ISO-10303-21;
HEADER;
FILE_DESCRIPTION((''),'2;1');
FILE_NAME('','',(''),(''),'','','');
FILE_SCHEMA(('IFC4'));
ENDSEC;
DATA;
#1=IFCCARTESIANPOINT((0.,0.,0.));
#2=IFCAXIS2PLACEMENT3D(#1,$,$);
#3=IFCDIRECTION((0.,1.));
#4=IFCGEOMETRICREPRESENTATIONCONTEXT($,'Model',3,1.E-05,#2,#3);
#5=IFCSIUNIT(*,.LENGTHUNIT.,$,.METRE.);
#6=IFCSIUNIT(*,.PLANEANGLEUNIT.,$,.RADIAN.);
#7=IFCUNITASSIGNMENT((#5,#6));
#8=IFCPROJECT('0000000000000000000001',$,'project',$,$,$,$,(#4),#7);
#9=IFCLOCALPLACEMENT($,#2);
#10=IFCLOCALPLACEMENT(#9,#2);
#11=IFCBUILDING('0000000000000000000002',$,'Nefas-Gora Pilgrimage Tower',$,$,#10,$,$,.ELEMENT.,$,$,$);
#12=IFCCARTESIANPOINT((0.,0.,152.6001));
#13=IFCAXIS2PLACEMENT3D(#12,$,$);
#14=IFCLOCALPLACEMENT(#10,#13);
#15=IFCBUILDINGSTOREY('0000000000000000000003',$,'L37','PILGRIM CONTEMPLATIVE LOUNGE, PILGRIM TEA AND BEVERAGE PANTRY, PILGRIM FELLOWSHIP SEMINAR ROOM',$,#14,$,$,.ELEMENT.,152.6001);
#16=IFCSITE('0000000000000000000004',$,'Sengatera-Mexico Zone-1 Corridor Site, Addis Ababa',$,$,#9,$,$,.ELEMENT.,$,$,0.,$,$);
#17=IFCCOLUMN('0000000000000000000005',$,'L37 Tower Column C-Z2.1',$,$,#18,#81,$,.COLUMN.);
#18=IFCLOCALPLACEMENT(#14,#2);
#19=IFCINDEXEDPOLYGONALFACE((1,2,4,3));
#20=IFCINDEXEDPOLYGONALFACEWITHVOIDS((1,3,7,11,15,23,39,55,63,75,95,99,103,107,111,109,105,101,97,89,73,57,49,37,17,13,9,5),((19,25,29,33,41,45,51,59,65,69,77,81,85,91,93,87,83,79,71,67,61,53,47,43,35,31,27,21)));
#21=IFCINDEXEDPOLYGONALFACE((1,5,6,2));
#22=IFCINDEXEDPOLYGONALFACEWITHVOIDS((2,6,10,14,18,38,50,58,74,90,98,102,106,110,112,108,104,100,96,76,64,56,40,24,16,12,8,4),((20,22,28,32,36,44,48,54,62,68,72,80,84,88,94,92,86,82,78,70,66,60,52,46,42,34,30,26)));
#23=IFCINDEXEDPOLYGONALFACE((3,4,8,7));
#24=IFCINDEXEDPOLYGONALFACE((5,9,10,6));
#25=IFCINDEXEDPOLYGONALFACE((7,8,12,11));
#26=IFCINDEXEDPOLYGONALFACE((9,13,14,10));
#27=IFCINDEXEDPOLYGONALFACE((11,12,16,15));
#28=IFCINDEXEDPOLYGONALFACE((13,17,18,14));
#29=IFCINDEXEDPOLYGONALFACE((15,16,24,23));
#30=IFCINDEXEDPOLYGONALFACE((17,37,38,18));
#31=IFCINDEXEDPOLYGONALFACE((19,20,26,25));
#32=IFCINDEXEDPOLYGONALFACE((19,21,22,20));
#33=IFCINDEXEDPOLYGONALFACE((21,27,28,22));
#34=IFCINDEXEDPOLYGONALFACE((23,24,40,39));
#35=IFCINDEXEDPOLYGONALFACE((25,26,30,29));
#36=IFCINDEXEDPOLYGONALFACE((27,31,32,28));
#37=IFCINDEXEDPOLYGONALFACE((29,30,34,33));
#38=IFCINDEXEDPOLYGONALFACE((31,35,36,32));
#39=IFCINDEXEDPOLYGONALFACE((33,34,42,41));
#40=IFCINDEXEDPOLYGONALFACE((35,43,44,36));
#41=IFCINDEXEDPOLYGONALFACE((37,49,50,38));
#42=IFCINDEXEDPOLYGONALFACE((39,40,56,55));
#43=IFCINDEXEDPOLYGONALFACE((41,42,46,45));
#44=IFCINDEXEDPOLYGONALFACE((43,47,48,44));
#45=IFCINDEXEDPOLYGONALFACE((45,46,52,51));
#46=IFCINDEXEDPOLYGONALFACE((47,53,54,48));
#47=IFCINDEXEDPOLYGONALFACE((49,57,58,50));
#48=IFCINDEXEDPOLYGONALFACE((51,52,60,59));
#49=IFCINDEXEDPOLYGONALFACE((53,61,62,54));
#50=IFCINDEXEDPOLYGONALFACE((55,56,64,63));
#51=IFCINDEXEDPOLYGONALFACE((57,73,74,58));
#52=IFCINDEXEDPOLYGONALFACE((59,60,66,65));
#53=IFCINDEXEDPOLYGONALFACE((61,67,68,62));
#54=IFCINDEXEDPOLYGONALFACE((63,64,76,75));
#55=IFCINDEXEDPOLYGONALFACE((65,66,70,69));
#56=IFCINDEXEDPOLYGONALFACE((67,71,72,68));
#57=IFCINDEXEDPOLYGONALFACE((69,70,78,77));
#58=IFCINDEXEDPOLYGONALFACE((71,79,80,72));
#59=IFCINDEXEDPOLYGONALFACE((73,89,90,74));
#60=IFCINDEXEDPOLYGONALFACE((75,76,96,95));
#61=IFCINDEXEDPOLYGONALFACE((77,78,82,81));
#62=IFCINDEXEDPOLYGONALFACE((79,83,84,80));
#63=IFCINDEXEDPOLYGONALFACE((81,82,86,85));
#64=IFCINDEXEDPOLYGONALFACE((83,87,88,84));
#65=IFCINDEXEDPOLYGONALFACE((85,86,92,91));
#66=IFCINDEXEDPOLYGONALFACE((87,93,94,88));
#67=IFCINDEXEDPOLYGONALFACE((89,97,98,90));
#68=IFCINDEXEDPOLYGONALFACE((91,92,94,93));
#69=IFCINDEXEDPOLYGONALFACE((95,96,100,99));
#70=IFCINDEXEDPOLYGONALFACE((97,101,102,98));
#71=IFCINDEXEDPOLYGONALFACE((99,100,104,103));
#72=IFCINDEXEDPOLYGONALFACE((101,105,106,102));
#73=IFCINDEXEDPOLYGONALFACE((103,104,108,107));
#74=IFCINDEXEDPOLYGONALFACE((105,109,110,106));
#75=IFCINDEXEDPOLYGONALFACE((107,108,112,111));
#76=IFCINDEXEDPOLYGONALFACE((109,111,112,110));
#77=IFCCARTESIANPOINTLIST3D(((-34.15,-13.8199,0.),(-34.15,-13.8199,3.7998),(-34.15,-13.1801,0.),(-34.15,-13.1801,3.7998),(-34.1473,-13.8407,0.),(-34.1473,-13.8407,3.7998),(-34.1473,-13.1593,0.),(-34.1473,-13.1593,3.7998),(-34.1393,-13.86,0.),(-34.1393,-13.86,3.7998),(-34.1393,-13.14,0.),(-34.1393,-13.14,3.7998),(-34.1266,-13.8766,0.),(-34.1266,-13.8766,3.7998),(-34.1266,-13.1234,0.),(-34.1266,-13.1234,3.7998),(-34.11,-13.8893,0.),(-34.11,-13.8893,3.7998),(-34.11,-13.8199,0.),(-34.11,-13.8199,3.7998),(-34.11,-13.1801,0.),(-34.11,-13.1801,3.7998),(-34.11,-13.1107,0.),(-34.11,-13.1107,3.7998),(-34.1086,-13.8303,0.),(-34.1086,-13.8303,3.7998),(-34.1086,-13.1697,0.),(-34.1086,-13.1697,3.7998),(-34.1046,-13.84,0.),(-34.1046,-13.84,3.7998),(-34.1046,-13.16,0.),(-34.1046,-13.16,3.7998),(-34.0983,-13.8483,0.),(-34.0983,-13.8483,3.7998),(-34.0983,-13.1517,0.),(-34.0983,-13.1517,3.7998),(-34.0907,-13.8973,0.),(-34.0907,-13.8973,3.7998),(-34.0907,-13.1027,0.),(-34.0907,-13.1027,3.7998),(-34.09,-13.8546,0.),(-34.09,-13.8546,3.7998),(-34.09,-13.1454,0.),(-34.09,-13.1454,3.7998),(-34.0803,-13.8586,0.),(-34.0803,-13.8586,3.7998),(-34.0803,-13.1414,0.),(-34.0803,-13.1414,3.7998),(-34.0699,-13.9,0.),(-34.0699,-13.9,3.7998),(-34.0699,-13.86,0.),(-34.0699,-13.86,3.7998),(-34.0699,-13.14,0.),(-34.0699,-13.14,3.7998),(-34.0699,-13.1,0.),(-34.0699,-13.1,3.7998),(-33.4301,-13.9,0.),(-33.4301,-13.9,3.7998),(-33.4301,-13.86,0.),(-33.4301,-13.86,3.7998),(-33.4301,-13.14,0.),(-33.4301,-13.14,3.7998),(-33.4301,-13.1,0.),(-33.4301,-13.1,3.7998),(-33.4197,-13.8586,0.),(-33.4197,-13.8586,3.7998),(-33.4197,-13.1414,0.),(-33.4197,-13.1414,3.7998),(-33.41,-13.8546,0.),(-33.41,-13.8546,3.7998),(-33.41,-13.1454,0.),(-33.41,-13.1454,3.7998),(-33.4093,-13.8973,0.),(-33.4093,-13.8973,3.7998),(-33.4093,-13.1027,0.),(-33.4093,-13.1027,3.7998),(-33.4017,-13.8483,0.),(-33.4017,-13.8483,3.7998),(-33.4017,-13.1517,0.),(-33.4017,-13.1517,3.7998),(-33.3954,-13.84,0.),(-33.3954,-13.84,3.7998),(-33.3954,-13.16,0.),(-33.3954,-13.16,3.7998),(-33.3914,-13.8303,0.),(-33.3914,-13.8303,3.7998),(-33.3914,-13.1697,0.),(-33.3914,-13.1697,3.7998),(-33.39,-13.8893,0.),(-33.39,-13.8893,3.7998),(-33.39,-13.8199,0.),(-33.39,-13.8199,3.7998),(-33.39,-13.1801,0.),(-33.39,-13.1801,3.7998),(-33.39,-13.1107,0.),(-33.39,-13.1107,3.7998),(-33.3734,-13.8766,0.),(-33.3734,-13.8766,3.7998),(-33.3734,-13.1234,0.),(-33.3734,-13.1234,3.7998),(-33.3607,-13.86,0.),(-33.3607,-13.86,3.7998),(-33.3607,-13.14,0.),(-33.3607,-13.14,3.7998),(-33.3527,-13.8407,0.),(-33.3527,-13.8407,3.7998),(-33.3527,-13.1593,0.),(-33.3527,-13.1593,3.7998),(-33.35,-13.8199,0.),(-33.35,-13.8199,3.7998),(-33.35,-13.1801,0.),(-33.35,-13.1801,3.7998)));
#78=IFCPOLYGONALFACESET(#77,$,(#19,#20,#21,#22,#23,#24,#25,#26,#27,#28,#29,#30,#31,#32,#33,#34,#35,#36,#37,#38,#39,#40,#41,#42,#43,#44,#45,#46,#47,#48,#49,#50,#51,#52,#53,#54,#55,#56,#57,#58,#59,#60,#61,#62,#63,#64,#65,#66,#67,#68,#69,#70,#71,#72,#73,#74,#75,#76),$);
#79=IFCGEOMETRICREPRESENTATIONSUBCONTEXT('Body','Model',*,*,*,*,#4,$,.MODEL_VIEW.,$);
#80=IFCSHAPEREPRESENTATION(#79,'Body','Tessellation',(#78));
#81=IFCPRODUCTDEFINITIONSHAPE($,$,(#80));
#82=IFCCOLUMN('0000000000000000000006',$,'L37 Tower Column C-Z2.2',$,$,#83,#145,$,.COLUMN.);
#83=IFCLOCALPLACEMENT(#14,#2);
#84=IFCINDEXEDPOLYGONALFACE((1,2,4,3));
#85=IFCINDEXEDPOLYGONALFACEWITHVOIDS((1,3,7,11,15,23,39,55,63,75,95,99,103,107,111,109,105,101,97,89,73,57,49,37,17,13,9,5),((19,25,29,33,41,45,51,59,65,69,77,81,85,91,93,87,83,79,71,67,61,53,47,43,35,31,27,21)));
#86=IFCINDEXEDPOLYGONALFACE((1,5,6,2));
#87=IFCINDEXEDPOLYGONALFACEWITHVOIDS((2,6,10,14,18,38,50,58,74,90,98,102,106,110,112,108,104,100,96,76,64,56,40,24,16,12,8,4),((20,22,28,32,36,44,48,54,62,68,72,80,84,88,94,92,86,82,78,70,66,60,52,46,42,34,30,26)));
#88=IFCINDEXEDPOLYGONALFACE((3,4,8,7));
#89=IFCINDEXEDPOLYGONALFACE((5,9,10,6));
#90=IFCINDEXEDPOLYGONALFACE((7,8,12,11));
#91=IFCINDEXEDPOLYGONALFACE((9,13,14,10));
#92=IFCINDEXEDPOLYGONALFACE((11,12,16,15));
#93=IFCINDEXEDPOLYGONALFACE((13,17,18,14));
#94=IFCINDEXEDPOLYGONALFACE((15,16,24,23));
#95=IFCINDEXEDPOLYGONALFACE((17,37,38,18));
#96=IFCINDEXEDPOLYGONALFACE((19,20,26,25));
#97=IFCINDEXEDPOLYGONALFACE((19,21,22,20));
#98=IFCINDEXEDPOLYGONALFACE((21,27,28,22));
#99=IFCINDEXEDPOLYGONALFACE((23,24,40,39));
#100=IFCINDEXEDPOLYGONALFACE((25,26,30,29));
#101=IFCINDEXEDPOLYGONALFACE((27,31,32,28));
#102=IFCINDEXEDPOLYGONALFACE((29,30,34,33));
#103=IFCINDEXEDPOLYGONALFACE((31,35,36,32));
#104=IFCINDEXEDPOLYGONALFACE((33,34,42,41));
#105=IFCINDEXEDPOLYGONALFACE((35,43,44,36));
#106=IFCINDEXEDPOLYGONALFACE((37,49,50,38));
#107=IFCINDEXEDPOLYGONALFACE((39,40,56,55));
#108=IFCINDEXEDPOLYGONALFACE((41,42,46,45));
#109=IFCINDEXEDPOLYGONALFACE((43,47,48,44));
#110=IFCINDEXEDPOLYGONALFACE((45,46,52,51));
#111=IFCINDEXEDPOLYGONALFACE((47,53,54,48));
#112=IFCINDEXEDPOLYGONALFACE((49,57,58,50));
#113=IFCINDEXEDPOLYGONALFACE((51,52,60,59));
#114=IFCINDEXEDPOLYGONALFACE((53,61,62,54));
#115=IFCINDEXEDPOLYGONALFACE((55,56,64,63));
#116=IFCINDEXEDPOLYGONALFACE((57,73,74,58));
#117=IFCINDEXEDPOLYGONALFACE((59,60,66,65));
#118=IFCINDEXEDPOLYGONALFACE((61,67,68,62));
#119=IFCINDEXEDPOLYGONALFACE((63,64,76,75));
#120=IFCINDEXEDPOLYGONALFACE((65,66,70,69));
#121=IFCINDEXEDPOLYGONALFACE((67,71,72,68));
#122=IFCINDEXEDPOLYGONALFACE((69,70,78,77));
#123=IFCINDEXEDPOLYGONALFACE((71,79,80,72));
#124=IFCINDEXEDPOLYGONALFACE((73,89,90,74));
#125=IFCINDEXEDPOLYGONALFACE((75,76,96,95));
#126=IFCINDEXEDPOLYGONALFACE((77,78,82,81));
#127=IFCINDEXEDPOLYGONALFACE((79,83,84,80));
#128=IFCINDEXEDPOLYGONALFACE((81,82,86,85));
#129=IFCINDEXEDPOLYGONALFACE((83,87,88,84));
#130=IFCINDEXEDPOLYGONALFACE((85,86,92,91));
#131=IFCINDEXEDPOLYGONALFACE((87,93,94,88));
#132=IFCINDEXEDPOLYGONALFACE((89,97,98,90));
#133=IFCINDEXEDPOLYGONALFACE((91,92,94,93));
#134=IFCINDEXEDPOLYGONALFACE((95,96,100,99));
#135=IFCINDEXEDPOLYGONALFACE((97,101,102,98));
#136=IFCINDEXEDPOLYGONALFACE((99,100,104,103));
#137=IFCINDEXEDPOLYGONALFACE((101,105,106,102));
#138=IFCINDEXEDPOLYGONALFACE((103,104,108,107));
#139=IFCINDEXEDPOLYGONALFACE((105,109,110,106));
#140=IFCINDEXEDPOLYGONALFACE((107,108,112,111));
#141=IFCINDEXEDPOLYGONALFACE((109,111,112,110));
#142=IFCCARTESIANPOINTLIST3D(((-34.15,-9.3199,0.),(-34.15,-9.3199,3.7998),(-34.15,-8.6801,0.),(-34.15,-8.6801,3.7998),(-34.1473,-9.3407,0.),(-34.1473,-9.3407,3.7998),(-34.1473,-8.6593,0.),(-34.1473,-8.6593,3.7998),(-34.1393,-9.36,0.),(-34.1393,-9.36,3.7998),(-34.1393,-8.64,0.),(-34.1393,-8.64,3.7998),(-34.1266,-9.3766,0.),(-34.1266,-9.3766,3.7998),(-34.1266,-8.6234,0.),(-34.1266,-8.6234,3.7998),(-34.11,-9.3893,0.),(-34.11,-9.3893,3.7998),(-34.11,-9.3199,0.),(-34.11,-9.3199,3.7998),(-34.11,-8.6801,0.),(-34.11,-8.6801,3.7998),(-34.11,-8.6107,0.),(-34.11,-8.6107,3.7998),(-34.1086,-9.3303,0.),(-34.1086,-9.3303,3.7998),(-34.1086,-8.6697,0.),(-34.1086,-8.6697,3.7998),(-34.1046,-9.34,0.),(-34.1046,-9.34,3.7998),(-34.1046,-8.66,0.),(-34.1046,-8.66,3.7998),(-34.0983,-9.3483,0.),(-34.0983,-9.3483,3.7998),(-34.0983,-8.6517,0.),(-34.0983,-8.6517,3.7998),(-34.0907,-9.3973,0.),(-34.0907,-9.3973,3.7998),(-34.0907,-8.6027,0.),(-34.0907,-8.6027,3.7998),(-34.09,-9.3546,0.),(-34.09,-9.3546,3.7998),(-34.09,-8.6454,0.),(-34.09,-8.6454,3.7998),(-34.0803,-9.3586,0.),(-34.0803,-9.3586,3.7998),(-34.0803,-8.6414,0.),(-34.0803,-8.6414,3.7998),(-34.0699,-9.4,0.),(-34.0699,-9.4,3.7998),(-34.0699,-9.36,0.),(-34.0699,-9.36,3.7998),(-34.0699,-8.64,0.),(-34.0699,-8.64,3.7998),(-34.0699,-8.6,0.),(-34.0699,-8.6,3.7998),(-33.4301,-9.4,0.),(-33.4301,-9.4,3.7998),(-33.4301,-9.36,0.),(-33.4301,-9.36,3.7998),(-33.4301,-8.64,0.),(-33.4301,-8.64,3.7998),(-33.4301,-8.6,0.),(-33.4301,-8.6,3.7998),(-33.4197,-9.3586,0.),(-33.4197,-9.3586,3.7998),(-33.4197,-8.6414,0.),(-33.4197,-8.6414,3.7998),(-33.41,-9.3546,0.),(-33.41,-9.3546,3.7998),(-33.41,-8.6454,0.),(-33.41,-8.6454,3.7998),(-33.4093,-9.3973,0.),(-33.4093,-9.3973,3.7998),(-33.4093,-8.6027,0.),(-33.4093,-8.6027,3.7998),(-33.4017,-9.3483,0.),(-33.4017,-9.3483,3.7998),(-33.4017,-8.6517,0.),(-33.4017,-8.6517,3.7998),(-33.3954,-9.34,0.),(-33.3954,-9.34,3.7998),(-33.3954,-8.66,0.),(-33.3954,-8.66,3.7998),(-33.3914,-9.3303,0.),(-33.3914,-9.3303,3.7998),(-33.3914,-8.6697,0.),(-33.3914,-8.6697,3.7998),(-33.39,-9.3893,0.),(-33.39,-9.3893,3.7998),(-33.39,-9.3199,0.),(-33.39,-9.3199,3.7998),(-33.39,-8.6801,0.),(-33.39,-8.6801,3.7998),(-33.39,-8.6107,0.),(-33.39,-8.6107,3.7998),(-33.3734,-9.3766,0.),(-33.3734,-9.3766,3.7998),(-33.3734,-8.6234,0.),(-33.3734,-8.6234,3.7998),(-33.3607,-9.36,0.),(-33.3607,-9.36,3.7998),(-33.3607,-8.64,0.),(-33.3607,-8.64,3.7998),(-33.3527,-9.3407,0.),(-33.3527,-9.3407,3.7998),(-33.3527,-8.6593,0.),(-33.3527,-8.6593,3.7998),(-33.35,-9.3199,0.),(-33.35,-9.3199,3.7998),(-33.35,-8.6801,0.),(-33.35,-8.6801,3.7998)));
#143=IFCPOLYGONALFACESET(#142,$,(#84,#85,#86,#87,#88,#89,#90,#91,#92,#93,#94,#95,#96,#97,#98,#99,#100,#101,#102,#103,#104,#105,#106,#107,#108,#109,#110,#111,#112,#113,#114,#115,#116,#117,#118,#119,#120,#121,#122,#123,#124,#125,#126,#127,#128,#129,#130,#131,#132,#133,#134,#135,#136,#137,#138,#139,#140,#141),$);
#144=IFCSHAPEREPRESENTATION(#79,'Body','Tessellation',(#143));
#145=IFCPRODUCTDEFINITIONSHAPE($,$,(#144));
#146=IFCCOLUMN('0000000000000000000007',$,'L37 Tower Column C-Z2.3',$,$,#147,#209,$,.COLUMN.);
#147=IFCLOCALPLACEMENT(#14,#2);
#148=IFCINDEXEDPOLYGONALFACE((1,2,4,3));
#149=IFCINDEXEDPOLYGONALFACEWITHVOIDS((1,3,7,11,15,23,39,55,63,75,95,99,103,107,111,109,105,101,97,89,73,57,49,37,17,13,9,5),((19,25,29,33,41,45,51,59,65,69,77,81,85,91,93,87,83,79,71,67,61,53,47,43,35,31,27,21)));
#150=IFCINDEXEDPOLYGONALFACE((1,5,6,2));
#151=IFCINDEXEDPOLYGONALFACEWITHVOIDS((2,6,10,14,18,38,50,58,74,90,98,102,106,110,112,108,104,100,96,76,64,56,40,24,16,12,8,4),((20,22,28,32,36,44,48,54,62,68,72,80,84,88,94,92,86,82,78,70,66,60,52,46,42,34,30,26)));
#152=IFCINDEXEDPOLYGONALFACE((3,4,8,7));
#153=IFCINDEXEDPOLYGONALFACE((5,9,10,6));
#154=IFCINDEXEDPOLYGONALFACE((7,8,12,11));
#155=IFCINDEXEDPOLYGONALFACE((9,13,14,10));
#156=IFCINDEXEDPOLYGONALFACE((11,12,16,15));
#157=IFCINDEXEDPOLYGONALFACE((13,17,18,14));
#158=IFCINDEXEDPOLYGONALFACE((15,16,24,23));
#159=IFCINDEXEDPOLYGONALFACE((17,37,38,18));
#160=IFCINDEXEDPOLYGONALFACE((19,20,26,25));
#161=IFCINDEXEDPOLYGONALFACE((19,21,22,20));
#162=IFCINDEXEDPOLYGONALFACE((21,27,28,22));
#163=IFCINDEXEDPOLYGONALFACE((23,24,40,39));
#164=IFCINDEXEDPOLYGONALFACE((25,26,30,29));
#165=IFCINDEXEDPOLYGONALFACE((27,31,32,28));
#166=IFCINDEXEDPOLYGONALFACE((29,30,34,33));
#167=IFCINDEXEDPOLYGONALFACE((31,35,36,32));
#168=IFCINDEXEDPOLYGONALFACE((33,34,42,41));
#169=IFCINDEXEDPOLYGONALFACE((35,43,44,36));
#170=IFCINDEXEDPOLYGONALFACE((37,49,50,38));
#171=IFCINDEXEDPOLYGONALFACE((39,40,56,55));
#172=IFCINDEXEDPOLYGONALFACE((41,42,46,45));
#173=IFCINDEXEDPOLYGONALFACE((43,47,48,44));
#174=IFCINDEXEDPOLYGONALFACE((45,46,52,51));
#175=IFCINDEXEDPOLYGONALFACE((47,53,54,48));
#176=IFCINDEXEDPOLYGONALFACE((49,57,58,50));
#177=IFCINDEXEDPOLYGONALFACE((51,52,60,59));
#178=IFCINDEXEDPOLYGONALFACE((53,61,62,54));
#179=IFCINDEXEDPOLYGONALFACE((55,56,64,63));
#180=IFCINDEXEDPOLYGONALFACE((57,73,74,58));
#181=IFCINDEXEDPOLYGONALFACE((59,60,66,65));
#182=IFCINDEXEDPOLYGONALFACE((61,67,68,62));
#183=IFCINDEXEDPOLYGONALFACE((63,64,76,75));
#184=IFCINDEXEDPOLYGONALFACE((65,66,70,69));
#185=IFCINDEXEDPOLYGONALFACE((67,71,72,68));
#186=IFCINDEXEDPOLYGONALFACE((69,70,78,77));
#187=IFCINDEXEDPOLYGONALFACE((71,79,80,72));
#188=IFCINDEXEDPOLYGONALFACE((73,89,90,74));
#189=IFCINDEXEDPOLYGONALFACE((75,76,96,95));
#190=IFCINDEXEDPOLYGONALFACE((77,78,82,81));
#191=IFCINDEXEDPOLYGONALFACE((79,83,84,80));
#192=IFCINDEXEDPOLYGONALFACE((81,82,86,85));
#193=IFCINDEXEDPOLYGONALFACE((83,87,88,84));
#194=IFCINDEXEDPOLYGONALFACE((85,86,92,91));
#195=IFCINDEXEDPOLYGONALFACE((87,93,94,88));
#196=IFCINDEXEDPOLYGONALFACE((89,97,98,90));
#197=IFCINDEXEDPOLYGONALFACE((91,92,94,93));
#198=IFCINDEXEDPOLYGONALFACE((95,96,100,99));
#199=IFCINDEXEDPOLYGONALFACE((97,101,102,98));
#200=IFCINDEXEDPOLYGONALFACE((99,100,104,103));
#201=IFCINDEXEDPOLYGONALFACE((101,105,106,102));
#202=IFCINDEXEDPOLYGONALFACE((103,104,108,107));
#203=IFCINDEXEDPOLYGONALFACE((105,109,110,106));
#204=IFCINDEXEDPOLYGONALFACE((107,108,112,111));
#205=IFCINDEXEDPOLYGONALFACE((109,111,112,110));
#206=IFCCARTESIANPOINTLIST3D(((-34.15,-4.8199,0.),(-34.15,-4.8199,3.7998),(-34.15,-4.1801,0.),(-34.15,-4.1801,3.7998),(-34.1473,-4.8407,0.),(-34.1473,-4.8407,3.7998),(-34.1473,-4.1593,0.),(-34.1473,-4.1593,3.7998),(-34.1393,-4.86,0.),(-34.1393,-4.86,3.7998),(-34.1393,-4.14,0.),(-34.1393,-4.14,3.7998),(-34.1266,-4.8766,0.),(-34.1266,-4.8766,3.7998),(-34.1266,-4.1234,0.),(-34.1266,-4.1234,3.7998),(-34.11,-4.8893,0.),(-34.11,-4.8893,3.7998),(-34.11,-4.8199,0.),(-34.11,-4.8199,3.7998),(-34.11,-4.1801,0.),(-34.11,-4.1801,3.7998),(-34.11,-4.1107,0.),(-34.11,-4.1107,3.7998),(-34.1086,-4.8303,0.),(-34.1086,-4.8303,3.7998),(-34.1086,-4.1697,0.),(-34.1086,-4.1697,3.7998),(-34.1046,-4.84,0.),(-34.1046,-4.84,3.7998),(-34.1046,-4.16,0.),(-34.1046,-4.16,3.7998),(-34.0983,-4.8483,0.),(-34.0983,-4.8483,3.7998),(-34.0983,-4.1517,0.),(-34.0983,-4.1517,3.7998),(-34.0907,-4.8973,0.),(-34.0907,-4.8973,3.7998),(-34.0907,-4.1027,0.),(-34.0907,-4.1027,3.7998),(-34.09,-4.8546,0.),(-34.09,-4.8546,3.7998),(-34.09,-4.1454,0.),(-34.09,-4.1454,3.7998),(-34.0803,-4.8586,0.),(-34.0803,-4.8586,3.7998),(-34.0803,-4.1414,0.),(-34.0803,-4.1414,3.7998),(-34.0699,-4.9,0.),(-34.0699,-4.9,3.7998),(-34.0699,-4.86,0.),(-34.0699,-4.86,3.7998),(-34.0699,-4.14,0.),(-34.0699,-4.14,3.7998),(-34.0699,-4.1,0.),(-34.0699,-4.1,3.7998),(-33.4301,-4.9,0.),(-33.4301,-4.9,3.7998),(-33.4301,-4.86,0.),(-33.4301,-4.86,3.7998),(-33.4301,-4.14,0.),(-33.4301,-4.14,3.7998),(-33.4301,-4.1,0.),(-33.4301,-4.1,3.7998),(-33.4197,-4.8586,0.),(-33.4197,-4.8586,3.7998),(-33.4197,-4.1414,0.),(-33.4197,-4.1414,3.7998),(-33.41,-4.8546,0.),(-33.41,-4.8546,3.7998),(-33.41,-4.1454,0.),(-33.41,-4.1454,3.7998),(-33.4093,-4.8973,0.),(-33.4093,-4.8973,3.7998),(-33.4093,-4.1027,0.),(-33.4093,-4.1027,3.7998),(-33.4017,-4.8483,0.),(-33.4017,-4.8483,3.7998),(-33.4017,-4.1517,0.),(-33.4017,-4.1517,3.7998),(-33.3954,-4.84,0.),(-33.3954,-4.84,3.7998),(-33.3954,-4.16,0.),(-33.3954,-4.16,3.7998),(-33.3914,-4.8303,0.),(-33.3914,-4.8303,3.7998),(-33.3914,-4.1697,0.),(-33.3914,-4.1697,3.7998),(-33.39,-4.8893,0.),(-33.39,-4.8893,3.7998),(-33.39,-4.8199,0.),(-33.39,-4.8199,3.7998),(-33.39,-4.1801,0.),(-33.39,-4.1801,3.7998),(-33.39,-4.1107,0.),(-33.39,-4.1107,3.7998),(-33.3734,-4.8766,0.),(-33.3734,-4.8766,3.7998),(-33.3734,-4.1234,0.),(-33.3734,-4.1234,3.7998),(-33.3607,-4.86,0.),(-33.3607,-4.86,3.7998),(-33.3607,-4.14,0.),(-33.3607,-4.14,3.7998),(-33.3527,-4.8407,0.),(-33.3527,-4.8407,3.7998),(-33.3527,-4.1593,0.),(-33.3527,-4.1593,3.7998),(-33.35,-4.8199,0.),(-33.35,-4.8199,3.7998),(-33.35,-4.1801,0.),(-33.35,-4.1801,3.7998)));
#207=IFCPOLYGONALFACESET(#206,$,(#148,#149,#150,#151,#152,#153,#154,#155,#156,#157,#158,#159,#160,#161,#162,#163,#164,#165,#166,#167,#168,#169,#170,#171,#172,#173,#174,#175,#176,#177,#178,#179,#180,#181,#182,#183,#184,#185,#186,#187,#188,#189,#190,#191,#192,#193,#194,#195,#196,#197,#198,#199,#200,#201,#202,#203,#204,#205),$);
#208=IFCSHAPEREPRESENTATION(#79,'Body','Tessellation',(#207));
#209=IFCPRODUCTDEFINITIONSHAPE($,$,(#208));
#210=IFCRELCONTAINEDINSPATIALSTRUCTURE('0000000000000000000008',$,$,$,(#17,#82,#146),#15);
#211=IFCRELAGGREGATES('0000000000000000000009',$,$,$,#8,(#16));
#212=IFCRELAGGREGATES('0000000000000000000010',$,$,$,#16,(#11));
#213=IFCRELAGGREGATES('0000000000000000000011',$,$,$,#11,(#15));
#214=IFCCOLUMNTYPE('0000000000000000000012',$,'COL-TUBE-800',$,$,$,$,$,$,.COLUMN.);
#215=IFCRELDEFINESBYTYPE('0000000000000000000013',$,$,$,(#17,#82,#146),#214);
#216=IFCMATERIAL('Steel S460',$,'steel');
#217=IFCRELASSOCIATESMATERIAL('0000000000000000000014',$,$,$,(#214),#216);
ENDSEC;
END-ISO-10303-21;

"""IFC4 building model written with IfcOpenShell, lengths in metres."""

from ifc_helpers import new_model, si_unit, direction, frame, origin, origin_2d, place, context, subcontext, project, spatial, hollow_rectangle, extrude, source, transform, mapped, material, material_profile, profile_set, type_object, element, save


model = new_model("IFC4")

# Units and contexts
model_context = context("Model", 3, precision=1e-05, world=origin(), true_north=direction((0.0, 1.0)))
body_context = subcontext(model_context, "Body", "Model", "MODEL_VIEW")
ifc_project = project(units=[si_unit("LENGTHUNIT", "METRE"), si_unit("PLANEANGLEUNIT", "RADIAN")], contexts=[model_context])

# Site, building, storey
site_placement = place(None, origin())
site = spatial("IfcSite", under=ifc_project, at=site_placement, Name="Sengatera-Mexico Zone-1 Corridor Site, Addis Ababa", CompositionType="ELEMENT", RefElevation=0.0)
building_placement = place(site_placement, origin())
building = spatial("IfcBuilding", under=site, at=building_placement, Name="Nefas-Gora Pilgrimage Tower", CompositionType="ELEMENT")
storey_placement = place(building_placement, frame((0.0, 0.0, 152.6001)))
storey = spatial("IfcBuildingStorey", under=building, at=storey_placement, Name="L37", Description="PILGRIM CONTEMPLATIVE LOUNGE, PILGRIM TEA AND BEVERAGE PANTRY, PILGRIM FELLOWSHIP SEMINAR ROOM", CompositionType="ELEMENT", Elevation=152.6001)

# Columns
ifc_material_1 = material(Name="Steel S460", Category="steel")
ifc_material_profile_1 = material_profile(ifc_material_1, hollow_rectangle(XDim=0.8, YDim=0.8, WallThickness=0.04, InnerFilletRadius=0.04, OuterFilletRadius=0.0801, at=origin_2d()), Name="BOX 800x800x40")
ifc_profile_set_1 = profile_set([ifc_material_profile_1], Name="Steel S460")
column_type_1 = type_object("IfcColumnType", Name="COL-TUBE-800", PredefinedType="COLUMN", material=ifc_profile_set_1)
shared_shape_1 = source(origin(), body_context, "Body", "SweptSolid", [
    extrude(hollow_rectangle(XDim=0.8, YDim=0.8, WallThickness=0.04, InnerFilletRadius=0.04, OuterFilletRadius=0.0801, at=origin_2d()), origin(), (0.0, 0.0, 1.0), 3.7998),
])
for number, where, z_axis, x_axis, name in (
    (1, (-33.75, -13.5, 0.0), (0.0, 0.0, 1.0), (1.0, 0.0, 0.0), "L37 Tower Column C-Z2.1"),
    (2, (-33.75, -9.0, 0.0), (0.0, 0.0, 1.0), (1.0, 0.0, 0.0), "L37 Tower Column C-Z2.2"),
    (3, (-33.75, -4.5, 0.0), (0.0, 0.0, 1.0), (1.0, 0.0, 0.0), "L37 Tower Column C-Z2.3"),
):
    element("IfcColumn", number, at=place(storey_placement, frame(where, z_axis=z_axis, x_axis=x_axis)), inside=storey, type_object=column_type_1, Name=name, PredefinedType="COLUMN", context=body_context, shape_type="MappedRepresentation", body=[
        mapped(shared_shape_1, transform((0.0, 0.0, 0.0), x_axis=(1.0, 0.0, 0.0), y_axis=(0.0, 1.0, 0.0), z_axis=(0.0, 0.0, 1.0), scale=1.0)),
    ])

save(model, "model.ifc")
